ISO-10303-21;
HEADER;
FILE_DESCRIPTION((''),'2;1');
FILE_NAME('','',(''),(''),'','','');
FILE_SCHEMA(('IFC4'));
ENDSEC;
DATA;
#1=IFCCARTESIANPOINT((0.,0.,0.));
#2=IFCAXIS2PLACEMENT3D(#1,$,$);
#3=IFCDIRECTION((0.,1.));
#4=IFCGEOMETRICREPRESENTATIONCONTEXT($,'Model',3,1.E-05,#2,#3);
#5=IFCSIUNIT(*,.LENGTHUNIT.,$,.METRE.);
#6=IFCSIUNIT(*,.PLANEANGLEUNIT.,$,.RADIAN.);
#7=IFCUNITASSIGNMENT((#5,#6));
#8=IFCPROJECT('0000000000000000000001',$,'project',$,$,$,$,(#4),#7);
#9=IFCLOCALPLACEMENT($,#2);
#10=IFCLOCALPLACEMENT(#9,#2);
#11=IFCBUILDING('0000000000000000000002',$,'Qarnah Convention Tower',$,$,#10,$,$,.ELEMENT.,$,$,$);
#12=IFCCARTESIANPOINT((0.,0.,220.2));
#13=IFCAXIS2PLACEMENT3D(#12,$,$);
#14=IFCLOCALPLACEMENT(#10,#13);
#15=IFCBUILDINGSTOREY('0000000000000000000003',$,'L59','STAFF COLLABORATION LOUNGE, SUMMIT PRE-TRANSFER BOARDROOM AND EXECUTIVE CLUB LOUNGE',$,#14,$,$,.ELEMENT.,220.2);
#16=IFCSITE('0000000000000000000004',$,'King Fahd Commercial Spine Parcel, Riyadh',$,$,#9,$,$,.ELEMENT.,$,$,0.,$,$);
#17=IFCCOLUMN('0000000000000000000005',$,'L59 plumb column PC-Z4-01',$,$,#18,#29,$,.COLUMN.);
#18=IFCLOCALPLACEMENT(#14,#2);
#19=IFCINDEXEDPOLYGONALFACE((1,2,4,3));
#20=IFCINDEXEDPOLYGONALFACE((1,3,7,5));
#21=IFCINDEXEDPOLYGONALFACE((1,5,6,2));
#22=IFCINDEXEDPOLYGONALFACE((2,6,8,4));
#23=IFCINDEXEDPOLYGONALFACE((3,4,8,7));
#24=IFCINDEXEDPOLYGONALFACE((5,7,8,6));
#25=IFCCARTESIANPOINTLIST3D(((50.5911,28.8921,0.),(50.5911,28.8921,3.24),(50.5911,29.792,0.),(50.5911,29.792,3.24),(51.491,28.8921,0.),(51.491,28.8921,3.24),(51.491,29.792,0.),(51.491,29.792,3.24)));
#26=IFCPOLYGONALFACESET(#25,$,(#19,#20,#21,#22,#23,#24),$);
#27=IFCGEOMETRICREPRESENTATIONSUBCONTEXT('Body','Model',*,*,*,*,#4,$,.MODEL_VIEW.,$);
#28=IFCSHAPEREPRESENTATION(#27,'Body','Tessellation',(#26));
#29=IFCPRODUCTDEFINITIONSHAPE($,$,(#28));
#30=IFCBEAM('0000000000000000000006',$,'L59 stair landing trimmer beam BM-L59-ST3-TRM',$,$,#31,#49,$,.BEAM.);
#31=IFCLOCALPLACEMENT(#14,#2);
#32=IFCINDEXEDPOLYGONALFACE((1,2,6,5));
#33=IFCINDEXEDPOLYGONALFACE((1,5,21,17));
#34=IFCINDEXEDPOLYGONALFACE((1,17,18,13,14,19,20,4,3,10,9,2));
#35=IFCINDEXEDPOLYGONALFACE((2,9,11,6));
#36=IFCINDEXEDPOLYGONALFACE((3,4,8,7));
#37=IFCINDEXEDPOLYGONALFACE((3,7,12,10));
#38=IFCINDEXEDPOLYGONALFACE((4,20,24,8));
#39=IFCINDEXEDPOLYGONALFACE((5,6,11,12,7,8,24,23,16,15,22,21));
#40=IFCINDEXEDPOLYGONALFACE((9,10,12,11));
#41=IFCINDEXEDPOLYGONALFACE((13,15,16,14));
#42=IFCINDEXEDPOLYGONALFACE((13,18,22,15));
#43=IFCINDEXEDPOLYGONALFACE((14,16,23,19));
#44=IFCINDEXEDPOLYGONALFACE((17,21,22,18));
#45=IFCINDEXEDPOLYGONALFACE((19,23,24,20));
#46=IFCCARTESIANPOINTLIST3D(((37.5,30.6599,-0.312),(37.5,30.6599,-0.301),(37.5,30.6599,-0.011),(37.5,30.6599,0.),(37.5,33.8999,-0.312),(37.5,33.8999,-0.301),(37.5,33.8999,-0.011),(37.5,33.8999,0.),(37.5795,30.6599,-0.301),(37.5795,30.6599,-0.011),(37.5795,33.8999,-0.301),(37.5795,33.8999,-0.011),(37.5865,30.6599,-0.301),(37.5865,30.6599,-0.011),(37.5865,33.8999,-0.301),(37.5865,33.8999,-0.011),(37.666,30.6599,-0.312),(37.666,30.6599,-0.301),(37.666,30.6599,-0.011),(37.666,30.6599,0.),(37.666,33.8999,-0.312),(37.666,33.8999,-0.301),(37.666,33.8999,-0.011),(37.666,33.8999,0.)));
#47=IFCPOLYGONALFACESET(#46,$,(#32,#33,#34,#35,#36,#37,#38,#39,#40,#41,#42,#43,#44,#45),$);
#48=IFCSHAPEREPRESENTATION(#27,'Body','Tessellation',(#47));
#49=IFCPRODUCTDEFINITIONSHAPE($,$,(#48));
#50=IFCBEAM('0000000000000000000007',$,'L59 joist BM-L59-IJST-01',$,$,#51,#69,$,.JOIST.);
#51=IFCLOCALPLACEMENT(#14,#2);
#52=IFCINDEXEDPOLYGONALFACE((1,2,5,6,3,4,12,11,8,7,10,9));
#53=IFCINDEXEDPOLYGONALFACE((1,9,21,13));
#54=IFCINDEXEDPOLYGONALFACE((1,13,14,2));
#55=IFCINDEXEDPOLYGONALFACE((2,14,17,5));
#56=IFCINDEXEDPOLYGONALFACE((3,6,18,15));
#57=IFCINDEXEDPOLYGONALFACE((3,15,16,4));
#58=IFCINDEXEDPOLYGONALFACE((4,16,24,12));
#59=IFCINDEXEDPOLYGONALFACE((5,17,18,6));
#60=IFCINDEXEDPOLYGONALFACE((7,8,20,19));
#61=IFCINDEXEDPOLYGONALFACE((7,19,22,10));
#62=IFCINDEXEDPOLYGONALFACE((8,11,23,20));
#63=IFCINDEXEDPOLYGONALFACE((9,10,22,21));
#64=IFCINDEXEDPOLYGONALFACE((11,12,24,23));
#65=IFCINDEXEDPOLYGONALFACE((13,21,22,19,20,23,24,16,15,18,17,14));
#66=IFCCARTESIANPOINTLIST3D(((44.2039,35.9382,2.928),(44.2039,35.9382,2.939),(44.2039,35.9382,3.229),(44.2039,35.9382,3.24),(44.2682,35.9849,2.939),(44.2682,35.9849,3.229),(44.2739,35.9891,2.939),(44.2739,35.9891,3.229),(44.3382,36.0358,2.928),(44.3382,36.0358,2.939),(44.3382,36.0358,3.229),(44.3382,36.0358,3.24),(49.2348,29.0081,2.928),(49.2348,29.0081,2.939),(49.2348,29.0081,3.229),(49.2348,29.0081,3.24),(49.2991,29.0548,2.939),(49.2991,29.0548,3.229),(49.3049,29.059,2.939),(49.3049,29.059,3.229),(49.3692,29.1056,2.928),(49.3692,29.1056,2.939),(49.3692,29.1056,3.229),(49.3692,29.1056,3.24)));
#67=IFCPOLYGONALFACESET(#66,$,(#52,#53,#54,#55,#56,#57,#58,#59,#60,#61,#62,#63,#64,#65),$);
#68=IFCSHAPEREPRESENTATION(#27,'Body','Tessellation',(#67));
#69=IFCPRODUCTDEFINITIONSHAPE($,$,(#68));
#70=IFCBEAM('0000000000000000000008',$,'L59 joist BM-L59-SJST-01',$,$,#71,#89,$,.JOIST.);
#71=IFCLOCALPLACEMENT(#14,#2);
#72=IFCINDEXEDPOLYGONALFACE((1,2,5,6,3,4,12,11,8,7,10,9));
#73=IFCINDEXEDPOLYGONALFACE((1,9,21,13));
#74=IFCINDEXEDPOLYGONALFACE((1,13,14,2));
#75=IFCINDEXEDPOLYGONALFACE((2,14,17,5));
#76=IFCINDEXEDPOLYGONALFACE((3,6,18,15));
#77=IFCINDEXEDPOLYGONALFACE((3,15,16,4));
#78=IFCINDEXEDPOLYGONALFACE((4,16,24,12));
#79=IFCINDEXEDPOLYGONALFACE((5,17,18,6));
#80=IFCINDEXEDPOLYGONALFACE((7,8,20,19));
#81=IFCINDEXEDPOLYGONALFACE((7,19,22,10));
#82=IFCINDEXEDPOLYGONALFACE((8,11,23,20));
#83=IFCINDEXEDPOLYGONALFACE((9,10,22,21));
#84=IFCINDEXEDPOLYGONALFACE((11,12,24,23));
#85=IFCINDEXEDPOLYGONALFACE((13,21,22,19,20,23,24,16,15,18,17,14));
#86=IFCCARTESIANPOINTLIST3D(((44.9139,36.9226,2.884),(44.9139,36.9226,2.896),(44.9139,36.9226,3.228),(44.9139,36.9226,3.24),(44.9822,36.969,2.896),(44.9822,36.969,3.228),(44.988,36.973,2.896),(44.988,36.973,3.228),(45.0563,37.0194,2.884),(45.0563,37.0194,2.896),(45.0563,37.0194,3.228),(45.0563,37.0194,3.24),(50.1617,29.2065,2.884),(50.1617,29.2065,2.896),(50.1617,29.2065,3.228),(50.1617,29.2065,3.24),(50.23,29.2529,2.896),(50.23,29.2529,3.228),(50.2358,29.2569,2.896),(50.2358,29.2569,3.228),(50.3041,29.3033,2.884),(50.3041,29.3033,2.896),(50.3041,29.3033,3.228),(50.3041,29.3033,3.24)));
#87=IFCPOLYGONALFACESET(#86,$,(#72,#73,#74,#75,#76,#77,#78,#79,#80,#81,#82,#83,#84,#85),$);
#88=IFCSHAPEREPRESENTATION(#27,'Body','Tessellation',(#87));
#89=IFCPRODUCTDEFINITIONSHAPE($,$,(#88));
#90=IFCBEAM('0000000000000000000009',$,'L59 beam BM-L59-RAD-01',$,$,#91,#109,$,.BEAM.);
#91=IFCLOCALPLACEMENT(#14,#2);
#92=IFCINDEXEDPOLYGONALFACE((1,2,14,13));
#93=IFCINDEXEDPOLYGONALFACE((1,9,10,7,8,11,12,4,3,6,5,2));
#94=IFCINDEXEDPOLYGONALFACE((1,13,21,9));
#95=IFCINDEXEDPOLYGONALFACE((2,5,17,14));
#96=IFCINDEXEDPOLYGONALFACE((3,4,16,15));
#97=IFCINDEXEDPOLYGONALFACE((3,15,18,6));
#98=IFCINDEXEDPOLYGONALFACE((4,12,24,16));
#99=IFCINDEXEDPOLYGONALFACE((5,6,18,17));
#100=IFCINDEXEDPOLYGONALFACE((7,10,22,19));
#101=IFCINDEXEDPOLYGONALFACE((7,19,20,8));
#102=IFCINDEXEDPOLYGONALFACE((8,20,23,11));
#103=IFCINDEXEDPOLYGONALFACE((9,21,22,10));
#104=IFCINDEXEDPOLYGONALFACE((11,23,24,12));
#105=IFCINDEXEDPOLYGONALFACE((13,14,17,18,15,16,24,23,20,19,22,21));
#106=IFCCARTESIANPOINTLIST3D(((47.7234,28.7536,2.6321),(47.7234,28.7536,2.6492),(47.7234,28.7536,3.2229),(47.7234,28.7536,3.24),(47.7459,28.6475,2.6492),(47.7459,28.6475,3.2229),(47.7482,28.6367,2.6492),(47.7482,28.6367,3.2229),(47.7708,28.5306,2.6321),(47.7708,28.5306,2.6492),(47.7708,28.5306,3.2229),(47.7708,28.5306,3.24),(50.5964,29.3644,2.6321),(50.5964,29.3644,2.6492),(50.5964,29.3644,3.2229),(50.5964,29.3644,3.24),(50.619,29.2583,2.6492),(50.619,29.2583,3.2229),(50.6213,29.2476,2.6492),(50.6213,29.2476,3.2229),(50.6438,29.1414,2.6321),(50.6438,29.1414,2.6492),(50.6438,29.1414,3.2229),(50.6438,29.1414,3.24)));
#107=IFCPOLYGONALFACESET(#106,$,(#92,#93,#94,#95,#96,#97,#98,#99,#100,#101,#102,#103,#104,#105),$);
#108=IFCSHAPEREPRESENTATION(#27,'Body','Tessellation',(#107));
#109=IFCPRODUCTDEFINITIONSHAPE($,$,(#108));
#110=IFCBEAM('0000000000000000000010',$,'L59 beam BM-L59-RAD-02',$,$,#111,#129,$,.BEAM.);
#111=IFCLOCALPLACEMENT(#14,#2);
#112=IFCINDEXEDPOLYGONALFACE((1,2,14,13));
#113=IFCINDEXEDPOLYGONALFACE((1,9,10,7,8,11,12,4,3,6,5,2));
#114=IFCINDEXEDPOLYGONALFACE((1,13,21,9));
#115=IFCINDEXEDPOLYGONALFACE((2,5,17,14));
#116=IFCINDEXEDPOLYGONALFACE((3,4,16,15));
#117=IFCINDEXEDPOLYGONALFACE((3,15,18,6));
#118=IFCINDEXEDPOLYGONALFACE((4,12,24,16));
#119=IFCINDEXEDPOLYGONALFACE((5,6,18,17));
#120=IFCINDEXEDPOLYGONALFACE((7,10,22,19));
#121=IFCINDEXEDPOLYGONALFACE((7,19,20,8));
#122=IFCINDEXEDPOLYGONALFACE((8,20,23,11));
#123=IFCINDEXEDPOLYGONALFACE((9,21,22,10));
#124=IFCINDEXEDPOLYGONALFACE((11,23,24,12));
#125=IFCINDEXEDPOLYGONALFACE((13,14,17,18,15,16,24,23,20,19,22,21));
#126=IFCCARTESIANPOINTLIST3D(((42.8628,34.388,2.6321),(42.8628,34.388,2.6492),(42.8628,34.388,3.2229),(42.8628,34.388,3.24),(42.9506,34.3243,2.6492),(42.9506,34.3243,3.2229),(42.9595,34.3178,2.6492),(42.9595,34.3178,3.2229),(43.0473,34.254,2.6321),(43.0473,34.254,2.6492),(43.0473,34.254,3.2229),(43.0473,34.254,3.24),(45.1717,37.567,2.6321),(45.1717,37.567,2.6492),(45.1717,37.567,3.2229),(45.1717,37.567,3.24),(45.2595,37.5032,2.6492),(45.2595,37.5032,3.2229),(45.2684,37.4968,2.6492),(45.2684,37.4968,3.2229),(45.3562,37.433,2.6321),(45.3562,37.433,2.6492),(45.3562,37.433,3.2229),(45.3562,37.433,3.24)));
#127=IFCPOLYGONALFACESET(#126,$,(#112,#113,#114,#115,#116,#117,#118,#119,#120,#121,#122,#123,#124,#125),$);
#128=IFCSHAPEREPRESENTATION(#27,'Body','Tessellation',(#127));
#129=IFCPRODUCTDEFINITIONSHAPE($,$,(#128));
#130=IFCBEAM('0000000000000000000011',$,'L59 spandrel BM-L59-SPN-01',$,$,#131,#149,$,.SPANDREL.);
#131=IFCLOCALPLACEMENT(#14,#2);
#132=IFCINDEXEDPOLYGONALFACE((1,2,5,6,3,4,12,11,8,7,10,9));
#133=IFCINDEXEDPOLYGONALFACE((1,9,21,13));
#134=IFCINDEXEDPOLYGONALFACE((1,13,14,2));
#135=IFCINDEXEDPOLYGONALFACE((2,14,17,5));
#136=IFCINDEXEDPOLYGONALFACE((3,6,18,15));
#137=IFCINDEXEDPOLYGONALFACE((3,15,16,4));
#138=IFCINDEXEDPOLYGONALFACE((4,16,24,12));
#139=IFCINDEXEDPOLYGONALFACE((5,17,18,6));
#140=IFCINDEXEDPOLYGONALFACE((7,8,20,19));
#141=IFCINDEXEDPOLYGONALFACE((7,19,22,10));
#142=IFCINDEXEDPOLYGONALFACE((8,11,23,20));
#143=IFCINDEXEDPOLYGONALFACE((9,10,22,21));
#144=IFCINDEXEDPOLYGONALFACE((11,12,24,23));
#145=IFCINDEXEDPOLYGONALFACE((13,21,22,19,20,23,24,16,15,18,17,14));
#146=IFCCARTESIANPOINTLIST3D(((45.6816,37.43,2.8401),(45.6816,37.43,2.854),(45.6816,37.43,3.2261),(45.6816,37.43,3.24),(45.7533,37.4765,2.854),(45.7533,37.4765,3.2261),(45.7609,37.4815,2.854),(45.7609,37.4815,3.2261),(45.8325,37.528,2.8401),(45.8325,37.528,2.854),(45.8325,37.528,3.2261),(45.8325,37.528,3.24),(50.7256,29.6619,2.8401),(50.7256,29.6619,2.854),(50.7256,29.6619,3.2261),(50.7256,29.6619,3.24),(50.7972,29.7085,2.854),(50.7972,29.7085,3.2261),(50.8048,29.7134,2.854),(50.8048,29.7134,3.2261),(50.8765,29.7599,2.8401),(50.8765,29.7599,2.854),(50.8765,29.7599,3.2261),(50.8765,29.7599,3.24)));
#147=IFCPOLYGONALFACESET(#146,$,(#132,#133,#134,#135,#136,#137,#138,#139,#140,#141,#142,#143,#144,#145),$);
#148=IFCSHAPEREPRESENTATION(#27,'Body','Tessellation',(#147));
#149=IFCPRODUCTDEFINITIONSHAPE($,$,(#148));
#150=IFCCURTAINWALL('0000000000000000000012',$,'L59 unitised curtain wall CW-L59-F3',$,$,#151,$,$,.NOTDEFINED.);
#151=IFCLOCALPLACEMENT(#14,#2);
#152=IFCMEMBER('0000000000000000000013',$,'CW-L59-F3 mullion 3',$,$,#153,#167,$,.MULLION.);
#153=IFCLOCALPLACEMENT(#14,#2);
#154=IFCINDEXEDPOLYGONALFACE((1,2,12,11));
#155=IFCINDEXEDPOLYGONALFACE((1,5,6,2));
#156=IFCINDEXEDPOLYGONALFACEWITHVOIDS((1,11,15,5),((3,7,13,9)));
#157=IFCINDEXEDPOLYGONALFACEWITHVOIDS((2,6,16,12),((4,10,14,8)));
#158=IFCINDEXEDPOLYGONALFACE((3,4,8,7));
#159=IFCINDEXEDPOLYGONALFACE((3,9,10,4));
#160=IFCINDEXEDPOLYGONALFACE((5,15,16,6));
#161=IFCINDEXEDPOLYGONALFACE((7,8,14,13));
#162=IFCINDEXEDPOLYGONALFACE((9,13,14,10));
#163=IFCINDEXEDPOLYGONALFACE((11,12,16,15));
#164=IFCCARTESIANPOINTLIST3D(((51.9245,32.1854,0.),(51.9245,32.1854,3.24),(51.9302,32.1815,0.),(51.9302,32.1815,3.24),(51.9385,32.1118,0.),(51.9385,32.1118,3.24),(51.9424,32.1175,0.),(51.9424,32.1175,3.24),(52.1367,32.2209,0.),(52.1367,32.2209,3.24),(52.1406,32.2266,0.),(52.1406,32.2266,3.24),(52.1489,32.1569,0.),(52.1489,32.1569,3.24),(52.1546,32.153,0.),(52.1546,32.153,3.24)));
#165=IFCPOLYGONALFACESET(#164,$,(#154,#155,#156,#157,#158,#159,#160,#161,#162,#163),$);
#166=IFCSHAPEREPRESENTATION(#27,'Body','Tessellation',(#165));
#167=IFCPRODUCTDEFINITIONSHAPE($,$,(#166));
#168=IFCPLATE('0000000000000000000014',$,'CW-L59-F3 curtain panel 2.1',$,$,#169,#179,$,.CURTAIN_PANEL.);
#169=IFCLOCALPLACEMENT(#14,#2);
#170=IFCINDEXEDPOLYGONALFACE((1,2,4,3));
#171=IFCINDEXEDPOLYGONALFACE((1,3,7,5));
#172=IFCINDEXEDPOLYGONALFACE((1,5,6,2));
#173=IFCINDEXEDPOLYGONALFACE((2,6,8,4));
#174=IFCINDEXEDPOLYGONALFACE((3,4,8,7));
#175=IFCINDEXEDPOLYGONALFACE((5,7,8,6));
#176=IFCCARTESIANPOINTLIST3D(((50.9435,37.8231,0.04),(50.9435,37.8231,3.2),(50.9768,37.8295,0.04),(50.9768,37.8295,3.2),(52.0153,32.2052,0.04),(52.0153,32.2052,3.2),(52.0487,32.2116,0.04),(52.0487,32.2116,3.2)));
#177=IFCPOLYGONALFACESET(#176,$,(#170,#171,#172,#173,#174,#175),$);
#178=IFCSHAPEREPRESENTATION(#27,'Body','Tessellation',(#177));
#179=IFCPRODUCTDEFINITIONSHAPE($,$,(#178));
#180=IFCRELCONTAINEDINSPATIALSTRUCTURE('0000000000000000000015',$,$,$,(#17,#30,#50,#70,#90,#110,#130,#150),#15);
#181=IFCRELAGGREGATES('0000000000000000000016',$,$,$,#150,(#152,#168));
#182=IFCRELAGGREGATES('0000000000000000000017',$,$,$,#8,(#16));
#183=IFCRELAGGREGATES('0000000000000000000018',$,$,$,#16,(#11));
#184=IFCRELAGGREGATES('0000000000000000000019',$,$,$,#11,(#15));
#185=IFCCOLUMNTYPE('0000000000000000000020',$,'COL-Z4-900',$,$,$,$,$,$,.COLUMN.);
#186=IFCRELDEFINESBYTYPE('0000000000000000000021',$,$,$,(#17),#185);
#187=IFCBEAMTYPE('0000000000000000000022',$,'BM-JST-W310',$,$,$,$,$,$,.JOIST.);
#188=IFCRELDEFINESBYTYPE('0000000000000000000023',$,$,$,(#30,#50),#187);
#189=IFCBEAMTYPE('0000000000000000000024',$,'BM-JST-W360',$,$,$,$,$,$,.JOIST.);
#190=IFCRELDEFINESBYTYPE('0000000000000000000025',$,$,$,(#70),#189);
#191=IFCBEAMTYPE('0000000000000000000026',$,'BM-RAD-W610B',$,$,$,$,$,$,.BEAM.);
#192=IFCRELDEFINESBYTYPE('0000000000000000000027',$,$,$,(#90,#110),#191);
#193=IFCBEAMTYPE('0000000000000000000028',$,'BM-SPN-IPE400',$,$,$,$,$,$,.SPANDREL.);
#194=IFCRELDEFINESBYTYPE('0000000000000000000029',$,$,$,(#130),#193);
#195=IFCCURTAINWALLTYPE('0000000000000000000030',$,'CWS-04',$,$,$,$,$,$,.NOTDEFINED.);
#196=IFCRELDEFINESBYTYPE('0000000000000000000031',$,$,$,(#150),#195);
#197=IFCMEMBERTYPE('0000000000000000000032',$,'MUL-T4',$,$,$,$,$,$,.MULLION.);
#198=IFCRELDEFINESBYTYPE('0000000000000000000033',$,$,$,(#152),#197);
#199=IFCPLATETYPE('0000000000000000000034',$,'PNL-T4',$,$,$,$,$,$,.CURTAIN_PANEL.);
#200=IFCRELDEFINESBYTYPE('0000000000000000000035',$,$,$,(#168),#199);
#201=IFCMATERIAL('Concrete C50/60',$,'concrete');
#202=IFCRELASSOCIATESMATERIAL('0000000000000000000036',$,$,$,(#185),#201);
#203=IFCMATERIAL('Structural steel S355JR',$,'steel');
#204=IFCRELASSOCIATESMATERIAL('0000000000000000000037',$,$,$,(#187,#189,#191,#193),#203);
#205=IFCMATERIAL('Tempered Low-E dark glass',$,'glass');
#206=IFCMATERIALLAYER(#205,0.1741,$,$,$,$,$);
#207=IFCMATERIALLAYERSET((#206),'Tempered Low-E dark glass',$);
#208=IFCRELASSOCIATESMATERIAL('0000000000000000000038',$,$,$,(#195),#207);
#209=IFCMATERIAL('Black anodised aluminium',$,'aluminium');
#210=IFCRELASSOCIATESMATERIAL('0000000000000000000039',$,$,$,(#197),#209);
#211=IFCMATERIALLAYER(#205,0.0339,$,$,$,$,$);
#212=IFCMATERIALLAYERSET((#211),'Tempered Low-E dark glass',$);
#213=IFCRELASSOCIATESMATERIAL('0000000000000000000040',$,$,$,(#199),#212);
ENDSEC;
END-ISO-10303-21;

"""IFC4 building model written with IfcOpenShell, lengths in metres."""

from ifc_helpers import new_model, si_unit, direction, frame, origin, origin_2d, place, context, subcontext, project, spatial, rectangle, hollow_rectangle, i_section, extrude, material, layer, layer_set, material_profile, profile_set, type_object, element, aggregate, save


model = new_model("IFC4")

# Units and contexts
model_context = context("Model", 3, precision=1e-05, world=origin(), true_north=direction((0.0, 1.0)))
body_context = subcontext(model_context, "Body", "Model", "MODEL_VIEW")
ifc_project = project(units=[si_unit("LENGTHUNIT", "METRE"), si_unit("PLANEANGLEUNIT", "RADIAN")], contexts=[model_context])

# Site, building, storey
site_placement = place(None, origin())
site = spatial("IfcSite", under=ifc_project, at=site_placement, Name="King Fahd Commercial Spine Parcel, Riyadh", CompositionType="ELEMENT", RefElevation=0.0)
building_placement = place(site_placement, origin())
building = spatial("IfcBuilding", under=site, at=building_placement, Name="Qarnah Convention Tower", CompositionType="ELEMENT")
storey_placement = place(building_placement, frame((0.0, 0.0, 220.2)))
storey = spatial("IfcBuildingStorey", under=building, at=storey_placement, Name="L59", Description="STAFF COLLABORATION LOUNGE, SUMMIT PRE-TRANSFER BOARDROOM AND EXECUTIVE CLUB LOUNGE", CompositionType="ELEMENT", Elevation=220.2)

# Column
ifc_material_1 = material(Name="Concrete C50/60", Category="concrete")
ifc_material_profile_1 = material_profile(ifc_material_1, rectangle(XDim=0.8999, YDim=0.8999, at=origin_2d()), Name="RC-COL-900X900")
ifc_profile_set_1 = profile_set([ifc_material_profile_1], Name="Concrete C50/60")
column_type = type_object("IfcColumnType", Name="COL-Z4-900", PredefinedType="COLUMN", material=ifc_profile_set_1)
column_placement = place(storey_placement, frame((51.041, 29.342, 0.0), z_axis=(0.0, 0.0, 1.0), x_axis=(1.0, 0.0, 0.0)))
element("IfcColumn", 1, at=column_placement, inside=storey, type_object=column_type, Name="L59 plumb column PC-Z4-01", PredefinedType="COLUMN", context=body_context, shape_type="SweptSolid", body=[
    extrude(rectangle(XDim=0.8999, YDim=0.8999, at=origin_2d()), origin(), (0.0, 0.0, 1.0), 3.24),
])

# Beams
ifc_material_2 = material(Name="Structural steel S355JR", Category="steel")
ifc_material_profile_2 = material_profile(ifc_material_2, i_section(OverallWidth=0.166, OverallDepth=0.312, WebThickness=0.0071, FlangeThickness=0.011, at=origin_2d()), Name="W310X45")
ifc_profile_set_2 = profile_set([ifc_material_profile_2], Name="Structural steel S355JR")
beam_type_1 = type_object("IfcBeamType", Name="BM-JST-W310", PredefinedType="JOIST", material=ifc_profile_set_2)
beam_1_placement = place(storey_placement, frame((37.583, 30.6599, -0.156), z_axis=(0.0, 1.0, 0.0), x_axis=(-1.0, 0.0, 0.0)))
element("IfcBeam", 2, at=beam_1_placement, inside=storey, type_object=beam_type_1, Name="L59 stair landing trimmer beam BM-L59-ST3-TRM", PredefinedType="BEAM", context=body_context, shape_type="SweptSolid", body=[
    extrude(i_section(OverallWidth=0.166, OverallDepth=0.312, WebThickness=0.0071, FlangeThickness=0.011, at=origin_2d()), origin(), (0.0, 0.0, 1.0), 3.24),
])
beam_2_placement = place(storey_placement, frame((49.302, 29.0569, 3.084), z_axis=(-0.587475, 0.809242, 0.0), x_axis=(-0.809242, -0.587475, 0.0)))
element("IfcBeam", 3, at=beam_2_placement, inside=storey, type_object=beam_type_1, Name="L59 joist BM-L59-IJST-01", PredefinedType="JOIST", context=body_context, shape_type="SweptSolid", body=[
    extrude(i_section(OverallWidth=0.166, OverallDepth=0.312, WebThickness=0.0071, FlangeThickness=0.011, at=origin_2d()), origin(), (0.0, 0.0, 1.0), 8.5637),
])
ifc_material_profile_3 = material_profile(ifc_material_2, i_section(OverallWidth=0.1721, OverallDepth=0.356, WebThickness=0.0071, FlangeThickness=0.012, at=origin_2d()), Name="W360X51")
ifc_profile_set_3 = profile_set([ifc_material_profile_3], Name="Structural steel S355JR")
beam_type_2 = type_object("IfcBeamType", Name="BM-JST-W360", PredefinedType="JOIST", material=ifc_profile_set_3)
beam_3_placement = place(storey_placement, frame((50.2329, 29.2549, 3.062), z_axis=(-0.562374, 0.826883, 0.0), x_axis=(-0.826883, -0.562374, 0.0)))
element("IfcBeam", 4, at=beam_3_placement, inside=storey, type_object=beam_type_2, Name="L59 joist BM-L59-SJST-01", PredefinedType="JOIST", context=body_context, shape_type="SweptSolid", body=[
    extrude(i_section(OverallWidth=0.1721, OverallDepth=0.356, WebThickness=0.0071, FlangeThickness=0.012, at=origin_2d()), origin(), (0.0, 0.0, 1.0), 9.3315),
])
ifc_material_profile_4 = material_profile(ifc_material_2, i_section(OverallWidth=0.228, OverallDepth=0.6079, WebThickness=0.011, FlangeThickness=0.0171, at=origin_2d()), Name="W610X113")
ifc_profile_set_4 = profile_set([ifc_material_profile_4], Name="Structural steel S355JR")
beam_type_3 = type_object("IfcBeamType", Name="BM-RAD-W610B", PredefinedType="BEAM", material=ifc_profile_set_4)
beam_4_placement = place(storey_placement, frame((47.7471, 28.6421, 2.936), z_axis=(0.978137, 0.207962, 0.0), x_axis=(-0.207962, 0.978137, 0.0)))
element("IfcBeam", 5, at=beam_4_placement, inside=storey, type_object=beam_type_3, Name="L59 beam BM-L59-RAD-01", PredefinedType="BEAM", context=body_context, shape_type="SweptSolid", body=[
    extrude(i_section(OverallWidth=0.228, OverallDepth=0.6079, WebThickness=0.011, FlangeThickness=0.0171, at=origin_2d()), origin(), (0.0, 0.0, 1.0), 2.9373),
])
beam_5_placement = place(storey_placement, frame((42.9551, 34.321, 2.936), z_axis=(0.587651, 0.809115, 0.0), x_axis=(-0.809115, 0.587651, 0.0)))
element("IfcBeam", 6, at=beam_5_placement, inside=storey, type_object=beam_type_3, Name="L59 beam BM-L59-RAD-02", PredefinedType="BEAM", context=body_context, shape_type="SweptSolid", body=[
    extrude(i_section(OverallWidth=0.228, OverallDepth=0.6079, WebThickness=0.011, FlangeThickness=0.0171, at=origin_2d()), origin(), (0.0, 0.0, 1.0), 3.929),
])
ifc_material_profile_5 = material_profile(ifc_material_2, i_section(OverallWidth=0.1799, OverallDepth=0.3999, WebThickness=0.009, FlangeThickness=0.0139, at=origin_2d()), Name="IPE400")
ifc_profile_set_5 = profile_set([ifc_material_profile_5], Name="Structural steel S355JR")
beam_type_4 = type_object("IfcBeamType", Name="BM-SPN-IPE400", PredefinedType="SPANDREL", material=ifc_profile_set_5)
beam_6_placement = place(storey_placement, frame((50.801, 29.7109, 3.04), z_axis=(-0.544586, 0.838705, 0.0), x_axis=(-0.838705, -0.544586, 0.0)))
element("IfcBeam", 7, at=beam_6_placement, inside=storey, type_object=beam_type_4, Name="L59 spandrel BM-L59-SPN-01", PredefinedType="SPANDREL", context=body_context, shape_type="SweptSolid", body=[
    extrude(i_section(OverallWidth=0.1799, OverallDepth=0.3999, WebThickness=0.009, FlangeThickness=0.0139, at=origin_2d()), origin(), (0.0, 0.0, 1.0), 9.262),
])

# Curtain wall, member, plate
ifc_material_3 = material(Name="Tempered Low-E dark glass", Category="glass")
ifc_layer_1 = layer(ifc_material_3, 0.1741)
ifc_layer_set_1 = layer_set([ifc_layer_1], Name="Tempered Low-E dark glass")
curtain_wall_type = type_object("IfcCurtainWallType", Name="CWS-04", PredefinedType="NOTDEFINED", material=ifc_layer_set_1)
curtain_wall_placement = place(storey_placement, origin())
curtain_wall = element("IfcCurtainWall", 8, at=curtain_wall_placement, inside=storey, type_object=curtain_wall_type, Name="L59 unitised curtain wall CW-L59-F3", PredefinedType="NOTDEFINED")
ifc_material_4 = material(Name="Black anodised aluminium", Category="aluminium")
ifc_material_profile_6 = material_profile(ifc_material_4, hollow_rectangle(XDim=0.075, YDim=0.22, WallThickness=0.0049, at=origin_2d()), Name="MUL-75X220")
ifc_profile_set_6 = profile_set([ifc_material_profile_6], Name="Black anodised aluminium")
member_type = type_object("IfcMemberType", Name="MUL-T4", PredefinedType="MULLION", material=ifc_profile_set_6)
member_placement = place(storey_placement, frame((52.0396, 32.1692, 0.0), z_axis=(0.0, 0.0, 1.0), x_axis=(0.187407, -0.982282, 0.0)))
member = element("IfcMember", 9, at=member_placement, type_object=member_type, Name="CW-L59-F3 mullion 3", PredefinedType="MULLION", context=body_context, shape_type="SweptSolid", body=[
    extrude(hollow_rectangle(XDim=0.075, YDim=0.22, WallThickness=0.0049, at=origin_2d()), origin(), (0.0, 0.0, 1.0), 3.24),
])
ifc_layer_2 = layer(ifc_material_3, 0.0339)
ifc_layer_set_2 = layer_set([ifc_layer_2], Name="Tempered Low-E dark glass")
plate_type = type_object("IfcPlateType", Name="PNL-T4", PredefinedType="CURTAIN_PANEL", material=ifc_layer_set_2)
plate_1_placement = place(storey_placement, frame((51.4961, 35.0173, 0.04), z_axis=(0.0, 0.0, 1.0), x_axis=(0.187407, -0.982282, 0.0)))
plate_1 = element("IfcPlate", 10, at=plate_1_placement, type_object=plate_type, Name="CW-L59-F3 curtain panel 2.1", PredefinedType="CURTAIN_PANEL", context=body_context, shape_type="SweptSolid", body=[
    extrude(rectangle(XDim=5.7192, YDim=0.0339, at=origin_2d()), origin(), (0.0, 0.0, 1.0), 3.1599),
])
aggregate(curtain_wall, [member, plate_1])

save(model, "model.ifc")
